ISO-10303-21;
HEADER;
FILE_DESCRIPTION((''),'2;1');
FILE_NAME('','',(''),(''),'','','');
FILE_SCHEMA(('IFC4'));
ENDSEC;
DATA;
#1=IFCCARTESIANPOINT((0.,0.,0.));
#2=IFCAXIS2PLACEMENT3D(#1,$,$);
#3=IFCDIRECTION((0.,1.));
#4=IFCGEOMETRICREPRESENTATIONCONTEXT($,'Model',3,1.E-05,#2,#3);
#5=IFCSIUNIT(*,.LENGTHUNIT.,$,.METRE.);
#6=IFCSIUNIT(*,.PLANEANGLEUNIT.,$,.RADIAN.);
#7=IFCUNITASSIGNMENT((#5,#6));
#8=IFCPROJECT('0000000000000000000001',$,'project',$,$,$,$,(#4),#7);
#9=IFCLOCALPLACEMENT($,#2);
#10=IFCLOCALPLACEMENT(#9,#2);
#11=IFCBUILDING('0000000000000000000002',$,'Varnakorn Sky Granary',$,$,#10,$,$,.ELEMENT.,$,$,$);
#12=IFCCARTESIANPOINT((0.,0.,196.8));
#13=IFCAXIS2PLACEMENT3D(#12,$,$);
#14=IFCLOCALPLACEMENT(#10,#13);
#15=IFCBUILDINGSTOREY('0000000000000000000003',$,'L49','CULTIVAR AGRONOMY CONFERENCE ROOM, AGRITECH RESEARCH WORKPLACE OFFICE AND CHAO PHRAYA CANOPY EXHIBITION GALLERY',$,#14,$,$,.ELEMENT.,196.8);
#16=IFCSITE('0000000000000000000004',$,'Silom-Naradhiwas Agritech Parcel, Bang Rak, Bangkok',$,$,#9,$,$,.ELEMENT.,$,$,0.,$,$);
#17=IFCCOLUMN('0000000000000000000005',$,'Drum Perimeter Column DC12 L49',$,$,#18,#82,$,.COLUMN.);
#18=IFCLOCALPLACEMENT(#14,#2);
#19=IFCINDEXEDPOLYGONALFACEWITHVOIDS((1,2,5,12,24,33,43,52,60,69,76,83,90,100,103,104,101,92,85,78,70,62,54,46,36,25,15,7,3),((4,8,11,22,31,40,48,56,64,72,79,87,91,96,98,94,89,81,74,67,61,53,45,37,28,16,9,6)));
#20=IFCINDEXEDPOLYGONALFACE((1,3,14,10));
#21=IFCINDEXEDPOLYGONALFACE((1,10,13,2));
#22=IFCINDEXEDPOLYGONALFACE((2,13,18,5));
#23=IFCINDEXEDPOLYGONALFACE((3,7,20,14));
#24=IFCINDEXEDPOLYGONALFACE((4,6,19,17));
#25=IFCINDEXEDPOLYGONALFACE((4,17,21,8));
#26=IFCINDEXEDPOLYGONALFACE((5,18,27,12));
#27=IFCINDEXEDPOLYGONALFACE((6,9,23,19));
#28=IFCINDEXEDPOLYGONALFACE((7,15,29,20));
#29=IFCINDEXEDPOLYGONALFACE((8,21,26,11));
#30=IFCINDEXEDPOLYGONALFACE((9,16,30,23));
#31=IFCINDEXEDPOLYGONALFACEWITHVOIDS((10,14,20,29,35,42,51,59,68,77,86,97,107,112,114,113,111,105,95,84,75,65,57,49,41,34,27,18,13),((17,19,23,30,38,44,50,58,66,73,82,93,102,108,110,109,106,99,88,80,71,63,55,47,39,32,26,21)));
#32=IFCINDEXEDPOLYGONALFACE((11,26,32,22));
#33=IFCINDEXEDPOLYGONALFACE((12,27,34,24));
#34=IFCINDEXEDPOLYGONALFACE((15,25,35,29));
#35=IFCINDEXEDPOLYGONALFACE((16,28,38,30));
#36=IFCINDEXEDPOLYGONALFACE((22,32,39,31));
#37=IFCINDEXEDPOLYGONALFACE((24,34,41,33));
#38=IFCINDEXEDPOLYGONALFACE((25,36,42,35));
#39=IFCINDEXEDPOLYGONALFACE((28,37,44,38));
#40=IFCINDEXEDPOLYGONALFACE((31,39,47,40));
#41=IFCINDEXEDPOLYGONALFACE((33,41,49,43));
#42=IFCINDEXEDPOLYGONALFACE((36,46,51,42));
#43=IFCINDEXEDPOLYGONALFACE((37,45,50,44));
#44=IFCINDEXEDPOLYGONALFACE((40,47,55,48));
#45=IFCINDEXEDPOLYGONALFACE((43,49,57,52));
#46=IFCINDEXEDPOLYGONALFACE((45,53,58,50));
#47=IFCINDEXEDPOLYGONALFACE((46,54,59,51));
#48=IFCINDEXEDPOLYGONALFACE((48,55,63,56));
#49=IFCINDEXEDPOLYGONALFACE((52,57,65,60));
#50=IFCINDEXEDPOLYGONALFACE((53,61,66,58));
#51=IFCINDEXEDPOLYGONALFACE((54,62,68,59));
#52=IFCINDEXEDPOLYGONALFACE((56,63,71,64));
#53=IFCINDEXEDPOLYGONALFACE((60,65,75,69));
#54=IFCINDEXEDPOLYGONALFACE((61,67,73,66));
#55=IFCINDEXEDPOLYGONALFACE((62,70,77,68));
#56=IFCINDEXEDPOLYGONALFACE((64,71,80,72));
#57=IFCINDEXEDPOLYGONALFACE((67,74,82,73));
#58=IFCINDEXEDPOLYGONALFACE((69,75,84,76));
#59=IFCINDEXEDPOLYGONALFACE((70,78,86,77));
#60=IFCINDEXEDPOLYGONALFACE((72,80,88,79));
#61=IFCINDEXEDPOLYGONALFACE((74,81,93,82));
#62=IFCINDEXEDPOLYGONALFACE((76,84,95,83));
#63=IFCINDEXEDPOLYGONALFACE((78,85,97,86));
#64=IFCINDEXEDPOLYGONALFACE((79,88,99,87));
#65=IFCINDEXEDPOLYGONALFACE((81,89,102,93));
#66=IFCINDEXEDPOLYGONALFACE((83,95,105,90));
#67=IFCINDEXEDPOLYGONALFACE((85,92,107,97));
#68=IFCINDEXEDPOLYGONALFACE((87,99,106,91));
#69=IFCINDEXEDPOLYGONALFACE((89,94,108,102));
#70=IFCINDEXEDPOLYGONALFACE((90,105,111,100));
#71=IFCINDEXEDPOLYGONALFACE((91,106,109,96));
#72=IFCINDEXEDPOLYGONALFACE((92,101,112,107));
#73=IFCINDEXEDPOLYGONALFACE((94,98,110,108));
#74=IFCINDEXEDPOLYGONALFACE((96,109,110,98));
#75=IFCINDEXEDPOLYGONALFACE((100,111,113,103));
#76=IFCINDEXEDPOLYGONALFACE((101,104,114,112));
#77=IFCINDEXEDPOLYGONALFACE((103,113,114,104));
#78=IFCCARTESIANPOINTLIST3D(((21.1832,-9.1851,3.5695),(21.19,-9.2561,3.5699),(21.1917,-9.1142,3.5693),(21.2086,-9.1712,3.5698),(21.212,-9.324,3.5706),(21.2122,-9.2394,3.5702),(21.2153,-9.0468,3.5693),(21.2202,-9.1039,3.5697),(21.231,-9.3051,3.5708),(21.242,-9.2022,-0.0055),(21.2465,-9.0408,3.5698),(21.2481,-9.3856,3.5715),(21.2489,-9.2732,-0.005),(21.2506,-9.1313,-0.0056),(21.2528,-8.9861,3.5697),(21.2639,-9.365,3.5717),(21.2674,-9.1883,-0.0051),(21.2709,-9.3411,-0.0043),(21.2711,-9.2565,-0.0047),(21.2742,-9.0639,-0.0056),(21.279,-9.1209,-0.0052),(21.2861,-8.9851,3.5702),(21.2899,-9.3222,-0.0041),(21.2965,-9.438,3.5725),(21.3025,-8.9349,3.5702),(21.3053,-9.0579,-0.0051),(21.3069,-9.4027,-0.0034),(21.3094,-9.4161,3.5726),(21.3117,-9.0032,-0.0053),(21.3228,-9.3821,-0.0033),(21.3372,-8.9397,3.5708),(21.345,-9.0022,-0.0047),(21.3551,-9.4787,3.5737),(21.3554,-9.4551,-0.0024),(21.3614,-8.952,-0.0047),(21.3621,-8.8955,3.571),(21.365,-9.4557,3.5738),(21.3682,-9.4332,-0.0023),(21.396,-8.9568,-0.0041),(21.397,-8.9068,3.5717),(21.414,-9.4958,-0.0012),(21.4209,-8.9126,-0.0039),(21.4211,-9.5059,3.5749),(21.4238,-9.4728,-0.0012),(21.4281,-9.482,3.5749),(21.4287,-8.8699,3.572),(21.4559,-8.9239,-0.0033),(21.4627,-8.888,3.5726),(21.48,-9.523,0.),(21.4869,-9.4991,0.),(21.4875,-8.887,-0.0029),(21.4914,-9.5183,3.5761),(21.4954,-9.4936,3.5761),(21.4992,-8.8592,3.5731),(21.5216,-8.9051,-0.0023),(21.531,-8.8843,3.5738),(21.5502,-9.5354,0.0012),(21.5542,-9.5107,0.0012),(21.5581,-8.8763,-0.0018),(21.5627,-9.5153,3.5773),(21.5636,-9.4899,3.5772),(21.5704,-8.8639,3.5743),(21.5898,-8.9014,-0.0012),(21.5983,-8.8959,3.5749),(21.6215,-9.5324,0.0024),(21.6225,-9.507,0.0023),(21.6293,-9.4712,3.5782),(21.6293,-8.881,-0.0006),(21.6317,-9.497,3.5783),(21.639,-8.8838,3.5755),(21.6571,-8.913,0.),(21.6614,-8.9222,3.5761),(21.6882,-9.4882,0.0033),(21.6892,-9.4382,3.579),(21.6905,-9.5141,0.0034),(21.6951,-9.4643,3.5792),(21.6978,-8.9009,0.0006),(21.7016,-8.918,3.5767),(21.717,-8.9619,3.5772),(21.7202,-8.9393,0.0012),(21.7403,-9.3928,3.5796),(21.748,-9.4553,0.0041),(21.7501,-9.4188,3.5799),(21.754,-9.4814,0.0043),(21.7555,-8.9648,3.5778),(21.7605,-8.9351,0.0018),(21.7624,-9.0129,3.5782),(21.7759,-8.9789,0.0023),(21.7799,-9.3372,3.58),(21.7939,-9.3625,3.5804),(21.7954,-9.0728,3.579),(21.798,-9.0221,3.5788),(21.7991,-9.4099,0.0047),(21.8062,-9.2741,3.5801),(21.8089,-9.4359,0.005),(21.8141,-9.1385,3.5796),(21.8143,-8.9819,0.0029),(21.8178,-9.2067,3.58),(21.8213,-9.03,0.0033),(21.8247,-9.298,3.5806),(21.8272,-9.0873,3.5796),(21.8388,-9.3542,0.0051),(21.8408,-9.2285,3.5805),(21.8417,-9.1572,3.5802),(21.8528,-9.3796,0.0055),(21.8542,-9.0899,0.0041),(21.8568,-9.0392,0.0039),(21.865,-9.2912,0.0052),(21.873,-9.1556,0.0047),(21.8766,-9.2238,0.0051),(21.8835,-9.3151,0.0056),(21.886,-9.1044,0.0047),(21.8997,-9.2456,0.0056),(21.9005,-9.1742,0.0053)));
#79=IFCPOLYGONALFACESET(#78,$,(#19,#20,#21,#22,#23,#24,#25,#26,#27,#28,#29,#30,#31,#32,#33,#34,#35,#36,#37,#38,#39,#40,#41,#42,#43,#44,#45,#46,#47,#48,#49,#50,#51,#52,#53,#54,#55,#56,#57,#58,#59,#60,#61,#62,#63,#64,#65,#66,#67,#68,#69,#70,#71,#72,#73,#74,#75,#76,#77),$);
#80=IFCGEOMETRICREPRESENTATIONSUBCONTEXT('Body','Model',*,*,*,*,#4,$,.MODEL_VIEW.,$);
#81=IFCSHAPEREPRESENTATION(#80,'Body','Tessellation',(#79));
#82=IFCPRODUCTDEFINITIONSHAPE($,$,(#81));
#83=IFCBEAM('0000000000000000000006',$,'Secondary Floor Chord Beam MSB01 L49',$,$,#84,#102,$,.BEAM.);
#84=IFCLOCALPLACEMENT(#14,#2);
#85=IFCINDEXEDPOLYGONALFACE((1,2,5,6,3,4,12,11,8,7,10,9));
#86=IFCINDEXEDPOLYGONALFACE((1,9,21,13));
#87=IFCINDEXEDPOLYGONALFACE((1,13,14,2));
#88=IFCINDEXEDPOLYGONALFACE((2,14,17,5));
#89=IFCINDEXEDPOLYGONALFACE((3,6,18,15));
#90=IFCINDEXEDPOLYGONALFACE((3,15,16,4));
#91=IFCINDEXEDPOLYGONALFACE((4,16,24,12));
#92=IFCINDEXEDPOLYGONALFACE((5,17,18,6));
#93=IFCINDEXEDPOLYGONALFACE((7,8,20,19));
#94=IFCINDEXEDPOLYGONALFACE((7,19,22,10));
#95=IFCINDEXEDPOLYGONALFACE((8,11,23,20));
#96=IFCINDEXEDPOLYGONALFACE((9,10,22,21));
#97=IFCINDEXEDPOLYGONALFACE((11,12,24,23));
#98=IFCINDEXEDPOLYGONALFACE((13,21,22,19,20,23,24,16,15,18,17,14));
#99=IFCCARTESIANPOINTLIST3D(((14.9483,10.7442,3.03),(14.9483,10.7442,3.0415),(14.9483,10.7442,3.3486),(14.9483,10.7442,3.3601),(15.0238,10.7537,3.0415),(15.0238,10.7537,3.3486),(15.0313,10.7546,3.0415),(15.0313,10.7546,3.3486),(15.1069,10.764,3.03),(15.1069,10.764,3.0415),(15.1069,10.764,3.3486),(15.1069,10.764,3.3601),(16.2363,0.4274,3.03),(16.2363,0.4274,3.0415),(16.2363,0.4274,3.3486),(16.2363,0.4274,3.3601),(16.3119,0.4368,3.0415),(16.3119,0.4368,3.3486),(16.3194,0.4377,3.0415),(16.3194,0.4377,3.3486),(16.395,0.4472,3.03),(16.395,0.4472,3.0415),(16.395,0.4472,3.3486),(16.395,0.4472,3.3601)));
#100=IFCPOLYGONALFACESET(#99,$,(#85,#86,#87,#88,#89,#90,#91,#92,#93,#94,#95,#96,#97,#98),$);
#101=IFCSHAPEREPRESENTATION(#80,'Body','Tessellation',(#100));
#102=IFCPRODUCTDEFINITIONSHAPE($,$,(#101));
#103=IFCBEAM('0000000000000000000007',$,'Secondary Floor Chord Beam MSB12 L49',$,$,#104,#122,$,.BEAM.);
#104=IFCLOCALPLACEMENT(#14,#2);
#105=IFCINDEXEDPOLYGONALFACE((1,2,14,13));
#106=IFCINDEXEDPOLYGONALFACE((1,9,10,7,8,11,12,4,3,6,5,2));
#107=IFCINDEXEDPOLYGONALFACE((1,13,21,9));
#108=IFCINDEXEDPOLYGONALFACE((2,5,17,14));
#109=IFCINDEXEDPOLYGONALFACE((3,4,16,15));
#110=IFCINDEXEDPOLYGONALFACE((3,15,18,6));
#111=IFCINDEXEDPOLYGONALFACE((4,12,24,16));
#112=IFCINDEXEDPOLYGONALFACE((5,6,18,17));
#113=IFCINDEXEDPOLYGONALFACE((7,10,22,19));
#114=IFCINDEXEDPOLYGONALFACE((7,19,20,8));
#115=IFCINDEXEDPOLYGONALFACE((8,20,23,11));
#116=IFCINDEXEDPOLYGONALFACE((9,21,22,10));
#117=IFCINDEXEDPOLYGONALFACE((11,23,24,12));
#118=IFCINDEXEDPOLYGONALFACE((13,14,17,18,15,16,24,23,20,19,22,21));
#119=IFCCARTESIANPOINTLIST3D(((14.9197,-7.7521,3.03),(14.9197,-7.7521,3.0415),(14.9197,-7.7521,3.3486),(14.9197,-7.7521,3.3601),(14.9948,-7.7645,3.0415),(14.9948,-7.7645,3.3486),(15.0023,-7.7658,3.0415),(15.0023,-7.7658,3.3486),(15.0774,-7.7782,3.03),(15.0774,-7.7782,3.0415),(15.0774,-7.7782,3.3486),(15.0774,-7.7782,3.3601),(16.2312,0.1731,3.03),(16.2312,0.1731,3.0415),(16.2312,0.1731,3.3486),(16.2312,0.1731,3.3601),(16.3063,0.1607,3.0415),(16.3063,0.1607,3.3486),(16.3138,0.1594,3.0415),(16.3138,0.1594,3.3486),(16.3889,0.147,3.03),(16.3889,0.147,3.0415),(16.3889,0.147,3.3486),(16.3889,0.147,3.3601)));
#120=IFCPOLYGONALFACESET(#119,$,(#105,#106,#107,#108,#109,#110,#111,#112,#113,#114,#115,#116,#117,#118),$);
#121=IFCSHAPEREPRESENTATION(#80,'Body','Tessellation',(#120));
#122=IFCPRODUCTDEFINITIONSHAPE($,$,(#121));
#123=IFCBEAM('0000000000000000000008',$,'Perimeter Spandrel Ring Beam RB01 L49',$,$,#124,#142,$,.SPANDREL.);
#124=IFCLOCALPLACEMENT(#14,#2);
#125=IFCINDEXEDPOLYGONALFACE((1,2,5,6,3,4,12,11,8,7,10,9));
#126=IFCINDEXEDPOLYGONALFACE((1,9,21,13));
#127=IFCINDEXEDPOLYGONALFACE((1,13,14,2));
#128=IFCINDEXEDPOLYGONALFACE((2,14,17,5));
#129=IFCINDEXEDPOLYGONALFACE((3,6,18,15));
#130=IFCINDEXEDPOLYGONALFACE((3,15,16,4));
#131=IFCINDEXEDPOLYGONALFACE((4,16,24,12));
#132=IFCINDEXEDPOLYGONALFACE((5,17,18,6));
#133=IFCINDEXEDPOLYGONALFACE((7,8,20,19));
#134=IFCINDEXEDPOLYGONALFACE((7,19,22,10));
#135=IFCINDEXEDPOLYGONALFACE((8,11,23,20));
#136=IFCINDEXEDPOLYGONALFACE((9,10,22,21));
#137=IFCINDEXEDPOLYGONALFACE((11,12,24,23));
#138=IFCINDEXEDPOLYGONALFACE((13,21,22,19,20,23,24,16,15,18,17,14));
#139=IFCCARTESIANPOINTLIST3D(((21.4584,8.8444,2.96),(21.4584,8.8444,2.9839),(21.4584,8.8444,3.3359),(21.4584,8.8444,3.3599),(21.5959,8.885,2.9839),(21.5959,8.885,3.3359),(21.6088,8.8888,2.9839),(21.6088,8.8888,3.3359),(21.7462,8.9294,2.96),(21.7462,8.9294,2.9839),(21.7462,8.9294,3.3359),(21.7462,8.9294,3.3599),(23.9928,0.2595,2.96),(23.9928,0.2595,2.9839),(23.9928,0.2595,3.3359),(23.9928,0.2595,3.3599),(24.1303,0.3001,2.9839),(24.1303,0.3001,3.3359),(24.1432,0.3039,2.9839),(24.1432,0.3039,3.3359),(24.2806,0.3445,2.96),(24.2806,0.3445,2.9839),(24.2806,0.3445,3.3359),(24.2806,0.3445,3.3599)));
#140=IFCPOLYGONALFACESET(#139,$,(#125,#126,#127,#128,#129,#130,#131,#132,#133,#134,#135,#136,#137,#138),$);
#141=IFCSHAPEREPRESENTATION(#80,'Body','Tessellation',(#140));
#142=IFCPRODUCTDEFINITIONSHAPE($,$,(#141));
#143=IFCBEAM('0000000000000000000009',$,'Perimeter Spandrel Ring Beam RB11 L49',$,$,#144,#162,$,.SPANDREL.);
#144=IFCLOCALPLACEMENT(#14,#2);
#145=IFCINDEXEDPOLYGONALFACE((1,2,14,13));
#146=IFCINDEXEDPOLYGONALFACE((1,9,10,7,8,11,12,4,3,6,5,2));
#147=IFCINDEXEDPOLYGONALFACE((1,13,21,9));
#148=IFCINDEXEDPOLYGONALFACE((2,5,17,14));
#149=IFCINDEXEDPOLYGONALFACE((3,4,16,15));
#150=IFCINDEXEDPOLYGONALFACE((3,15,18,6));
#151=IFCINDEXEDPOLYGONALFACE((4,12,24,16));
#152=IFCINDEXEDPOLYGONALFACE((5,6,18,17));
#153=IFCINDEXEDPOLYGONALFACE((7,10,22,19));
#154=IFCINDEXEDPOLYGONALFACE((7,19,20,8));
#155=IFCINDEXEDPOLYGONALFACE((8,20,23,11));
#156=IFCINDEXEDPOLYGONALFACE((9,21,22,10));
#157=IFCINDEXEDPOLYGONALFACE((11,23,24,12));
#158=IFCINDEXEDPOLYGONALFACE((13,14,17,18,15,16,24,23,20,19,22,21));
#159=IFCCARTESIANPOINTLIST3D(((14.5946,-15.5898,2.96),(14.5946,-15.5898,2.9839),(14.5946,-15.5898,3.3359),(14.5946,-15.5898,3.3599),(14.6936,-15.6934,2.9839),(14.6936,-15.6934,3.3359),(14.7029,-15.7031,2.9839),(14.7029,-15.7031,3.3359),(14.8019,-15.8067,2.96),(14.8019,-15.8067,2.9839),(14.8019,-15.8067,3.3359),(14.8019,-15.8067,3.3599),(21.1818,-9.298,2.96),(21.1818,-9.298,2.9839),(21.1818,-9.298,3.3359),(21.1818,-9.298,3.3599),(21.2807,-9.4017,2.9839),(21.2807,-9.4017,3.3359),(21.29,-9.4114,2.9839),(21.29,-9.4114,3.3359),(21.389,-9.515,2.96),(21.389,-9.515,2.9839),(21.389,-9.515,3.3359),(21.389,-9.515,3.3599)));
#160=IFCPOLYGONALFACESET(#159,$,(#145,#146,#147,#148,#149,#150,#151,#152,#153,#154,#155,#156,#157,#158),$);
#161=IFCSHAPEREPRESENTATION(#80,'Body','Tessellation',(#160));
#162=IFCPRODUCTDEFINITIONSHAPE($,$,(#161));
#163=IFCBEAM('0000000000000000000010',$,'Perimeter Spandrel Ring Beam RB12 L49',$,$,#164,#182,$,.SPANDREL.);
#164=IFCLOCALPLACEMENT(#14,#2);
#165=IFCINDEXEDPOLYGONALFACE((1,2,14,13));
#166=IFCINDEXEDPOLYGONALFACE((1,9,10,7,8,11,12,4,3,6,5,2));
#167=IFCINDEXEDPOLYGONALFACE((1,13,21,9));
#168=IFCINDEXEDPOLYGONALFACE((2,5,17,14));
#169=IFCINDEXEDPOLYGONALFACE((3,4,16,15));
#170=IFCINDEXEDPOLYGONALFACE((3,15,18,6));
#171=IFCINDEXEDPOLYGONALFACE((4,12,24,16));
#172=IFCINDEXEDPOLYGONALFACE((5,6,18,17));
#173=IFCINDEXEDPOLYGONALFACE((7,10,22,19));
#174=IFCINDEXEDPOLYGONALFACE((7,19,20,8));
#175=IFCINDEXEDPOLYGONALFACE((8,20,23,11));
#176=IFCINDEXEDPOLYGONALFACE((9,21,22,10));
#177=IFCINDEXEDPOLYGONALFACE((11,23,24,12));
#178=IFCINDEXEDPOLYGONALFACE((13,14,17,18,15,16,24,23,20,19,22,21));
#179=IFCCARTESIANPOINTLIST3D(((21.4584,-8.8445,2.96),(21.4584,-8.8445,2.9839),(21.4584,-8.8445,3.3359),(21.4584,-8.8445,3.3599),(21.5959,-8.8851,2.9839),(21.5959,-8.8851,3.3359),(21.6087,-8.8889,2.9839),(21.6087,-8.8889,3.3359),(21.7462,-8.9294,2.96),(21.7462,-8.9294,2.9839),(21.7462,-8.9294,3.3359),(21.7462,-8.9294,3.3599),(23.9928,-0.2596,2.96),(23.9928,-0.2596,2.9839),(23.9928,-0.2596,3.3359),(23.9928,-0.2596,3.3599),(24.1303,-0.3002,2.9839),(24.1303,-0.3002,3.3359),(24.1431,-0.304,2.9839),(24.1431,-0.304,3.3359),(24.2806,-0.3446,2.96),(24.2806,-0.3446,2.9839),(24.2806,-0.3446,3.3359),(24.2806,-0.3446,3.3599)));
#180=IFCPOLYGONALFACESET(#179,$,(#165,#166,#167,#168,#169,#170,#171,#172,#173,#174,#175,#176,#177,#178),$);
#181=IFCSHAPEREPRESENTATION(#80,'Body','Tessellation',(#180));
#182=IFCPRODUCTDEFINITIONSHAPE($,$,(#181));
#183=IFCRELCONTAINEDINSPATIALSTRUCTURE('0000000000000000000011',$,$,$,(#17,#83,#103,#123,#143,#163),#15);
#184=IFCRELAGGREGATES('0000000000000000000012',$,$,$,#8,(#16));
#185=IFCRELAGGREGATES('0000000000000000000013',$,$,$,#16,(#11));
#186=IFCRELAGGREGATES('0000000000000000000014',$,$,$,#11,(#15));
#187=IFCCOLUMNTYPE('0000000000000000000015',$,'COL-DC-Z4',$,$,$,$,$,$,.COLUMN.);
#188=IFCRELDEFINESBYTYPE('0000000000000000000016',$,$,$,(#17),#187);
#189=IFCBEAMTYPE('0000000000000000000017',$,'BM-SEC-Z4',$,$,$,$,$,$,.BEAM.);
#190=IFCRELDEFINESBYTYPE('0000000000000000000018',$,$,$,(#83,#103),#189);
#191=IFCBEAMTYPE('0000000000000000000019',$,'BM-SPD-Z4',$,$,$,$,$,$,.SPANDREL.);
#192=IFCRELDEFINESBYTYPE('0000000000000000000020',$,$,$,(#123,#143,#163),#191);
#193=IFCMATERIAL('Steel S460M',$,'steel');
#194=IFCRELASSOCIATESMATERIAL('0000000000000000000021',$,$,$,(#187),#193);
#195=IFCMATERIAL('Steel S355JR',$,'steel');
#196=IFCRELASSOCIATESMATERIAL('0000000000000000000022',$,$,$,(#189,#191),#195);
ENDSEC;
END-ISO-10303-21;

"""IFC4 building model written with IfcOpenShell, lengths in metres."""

from ifc_helpers import new_model, si_unit, direction, frame, origin, origin_2d, place, context, subcontext, project, spatial, hollow_circle, i_section, extrude, material, material_profile, profile_set, type_object, element, save


model = new_model("IFC4")

# Units and contexts
model_context = context("Model", 3, precision=1e-05, world=origin(), true_north=direction((0.0, 1.0)))
body_context = subcontext(model_context, "Body", "Model", "MODEL_VIEW")
ifc_project = project(units=[si_unit("LENGTHUNIT", "METRE"), si_unit("PLANEANGLEUNIT", "RADIAN")], contexts=[model_context])

# Site, building, storey
site_placement = place(None, origin())
site = spatial("IfcSite", under=ifc_project, at=site_placement, Name="Silom-Naradhiwas Agritech Parcel, Bang Rak, Bangkok", CompositionType="ELEMENT", RefElevation=0.0)
building_placement = place(site_placement, origin())
building = spatial("IfcBuilding", under=site, at=building_placement, Name="Varnakorn Sky Granary", CompositionType="ELEMENT")
storey_placement = place(building_placement, frame((0.0, 0.0, 196.8)))
storey = spatial("IfcBuildingStorey", under=building, at=storey_placement, Name="L49", Description="CULTIVAR AGRONOMY CONFERENCE ROOM, AGRITECH RESEARCH WORKPLACE OFFICE AND CHAO PHRAYA CANOPY EXHIBITION GALLERY", CompositionType="ELEMENT", Elevation=196.8)

# Column
ifc_material_1 = material(Name="Steel S460M", Category="steel")
ifc_material_profile_1 = material_profile(ifc_material_1, hollow_circle(Radius=0.3301, WallThickness=0.0249, at=origin_2d()), Name="CHS 660x25")
ifc_profile_set_1 = profile_set([ifc_material_profile_1], Name="Steel S460M")
column_type = type_object("IfcColumnType", Name="COL-DC-Z4", PredefinedType="COLUMN", material=ifc_profile_set_1)
column_1_placement = place(storey_placement, frame((21.572, -9.2061, 0.0), z_axis=(-0.016456, 0.00478, 0.999853), x_axis=(-0.278929, -0.960312, 0.0)))
element("IfcColumn", 1, at=column_1_placement, inside=storey, type_object=column_type, Name="Drum Perimeter Column DC12 L49", PredefinedType="COLUMN", context=body_context, shape_type="SweptSolid", body=[
    extrude(hollow_circle(Radius=0.3301, WallThickness=0.0249, at=origin_2d()), origin(), (0.0, 0.0, 1.0), 3.5754),
])

# Beams
ifc_material_2 = material(Name="Steel S355JR", Category="steel")
ifc_material_profile_2 = material_profile(ifc_material_2, i_section(OverallWidth=0.1599, OverallDepth=0.3301, WebThickness=0.0076, FlangeThickness=0.0115, at=origin_2d()), Name="IPE 330")
ifc_profile_set_2 = profile_set([ifc_material_profile_2], Name="Steel S355JR")
beam_type_1 = type_object("IfcBeamType", Name="BM-SEC-Z4", PredefinedType="BEAM", material=ifc_profile_set_2)
beam_1_placement = place(storey_placement, frame((16.3157, 0.4373, 3.1951), z_axis=(-0.12389, 0.992296, 0.0), x_axis=(-0.992296, -0.12389, 0.0)))
element("IfcBeam", 2, at=beam_1_placement, inside=storey, type_object=beam_type_1, Name="Secondary Floor Chord Beam MSB01 L49", PredefinedType="BEAM", context=body_context, shape_type="SweptSolid", body=[
    extrude(i_section(OverallWidth=0.1599, OverallDepth=0.3301, WebThickness=0.0076, FlangeThickness=0.0115, at=origin_2d()), origin(), (0.0, 0.0, 1.0), 10.397),
])
beam_2_placement = place(storey_placement, frame((14.9985, -7.7651, 3.1951), z_axis=(0.163265, 0.986582, 0.0), x_axis=(-0.986582, 0.163265, 0.0)))
element("IfcBeam", 3, at=beam_2_placement, inside=storey, type_object=beam_type_1, Name="Secondary Floor Chord Beam MSB12 L49", PredefinedType="BEAM", context=body_context, shape_type="SweptSolid", body=[
    extrude(i_section(OverallWidth=0.1599, OverallDepth=0.3301, WebThickness=0.0076, FlangeThickness=0.0115, at=origin_2d()), origin(), (0.0, 0.0, 1.0), 8.033),
])
ifc_material_profile_3 = material_profile(ifc_material_2, i_section(OverallWidth=0.3, OverallDepth=0.3999, WebThickness=0.0134, FlangeThickness=0.0239, at=origin_2d()), Name="HE 400 B")
ifc_profile_set_3 = profile_set([ifc_material_profile_3], Name="Steel S355JR")
beam_type_2 = type_object("IfcBeamType", Name="BM-SPD-Z4", PredefinedType="SPANDREL", material=ifc_profile_set_3)
beam_3_placement = place(storey_placement, frame((24.1367, 0.302, 3.1599), z_axis=(-0.283136, 0.95908, 0.0), x_axis=(-0.95908, -0.283136, 0.0)))
element("IfcBeam", 4, at=beam_3_placement, inside=storey, type_object=beam_type_2, Name="Perimeter Spandrel Ring Beam RB01 L49", PredefinedType="SPANDREL", context=body_context, shape_type="SweptSolid", body=[
    extrude(i_section(OverallWidth=0.3, OverallDepth=0.3999, WebThickness=0.0134, FlangeThickness=0.0239, at=origin_2d()), origin(), (0.0, 0.0, 1.0), 8.9512),
])
beam_4_placement = place(storey_placement, frame((14.6982, -15.6982, 3.1599), z_axis=(0.723136, 0.690706, 0.0), x_axis=(-0.690706, 0.723136, 0.0)))
element("IfcBeam", 5, at=beam_4_placement, inside=storey, type_object=beam_type_2, Name="Perimeter Spandrel Ring Beam RB11 L49", PredefinedType="SPANDREL", context=body_context, shape_type="SweptSolid", body=[
    extrude(i_section(OverallWidth=0.3, OverallDepth=0.3999, WebThickness=0.0134, FlangeThickness=0.0239, at=origin_2d()), origin(), (0.0, 0.0, 1.0), 9.1091),
])
beam_5_placement = place(storey_placement, frame((21.6023, -8.887, 3.1599), z_axis=(0.283136, 0.95908, 0.0), x_axis=(-0.95908, 0.283136, 0.0)))
element("IfcBeam", 6, at=beam_5_placement, inside=storey, type_object=beam_type_2, Name="Perimeter Spandrel Ring Beam RB12 L49", PredefinedType="SPANDREL", context=body_context, shape_type="SweptSolid", body=[
    extrude(i_section(OverallWidth=0.3, OverallDepth=0.3999, WebThickness=0.0134, FlangeThickness=0.0239, at=origin_2d()), origin(), (0.0, 0.0, 1.0), 8.9512),
])

save(model, "model.ifc")
